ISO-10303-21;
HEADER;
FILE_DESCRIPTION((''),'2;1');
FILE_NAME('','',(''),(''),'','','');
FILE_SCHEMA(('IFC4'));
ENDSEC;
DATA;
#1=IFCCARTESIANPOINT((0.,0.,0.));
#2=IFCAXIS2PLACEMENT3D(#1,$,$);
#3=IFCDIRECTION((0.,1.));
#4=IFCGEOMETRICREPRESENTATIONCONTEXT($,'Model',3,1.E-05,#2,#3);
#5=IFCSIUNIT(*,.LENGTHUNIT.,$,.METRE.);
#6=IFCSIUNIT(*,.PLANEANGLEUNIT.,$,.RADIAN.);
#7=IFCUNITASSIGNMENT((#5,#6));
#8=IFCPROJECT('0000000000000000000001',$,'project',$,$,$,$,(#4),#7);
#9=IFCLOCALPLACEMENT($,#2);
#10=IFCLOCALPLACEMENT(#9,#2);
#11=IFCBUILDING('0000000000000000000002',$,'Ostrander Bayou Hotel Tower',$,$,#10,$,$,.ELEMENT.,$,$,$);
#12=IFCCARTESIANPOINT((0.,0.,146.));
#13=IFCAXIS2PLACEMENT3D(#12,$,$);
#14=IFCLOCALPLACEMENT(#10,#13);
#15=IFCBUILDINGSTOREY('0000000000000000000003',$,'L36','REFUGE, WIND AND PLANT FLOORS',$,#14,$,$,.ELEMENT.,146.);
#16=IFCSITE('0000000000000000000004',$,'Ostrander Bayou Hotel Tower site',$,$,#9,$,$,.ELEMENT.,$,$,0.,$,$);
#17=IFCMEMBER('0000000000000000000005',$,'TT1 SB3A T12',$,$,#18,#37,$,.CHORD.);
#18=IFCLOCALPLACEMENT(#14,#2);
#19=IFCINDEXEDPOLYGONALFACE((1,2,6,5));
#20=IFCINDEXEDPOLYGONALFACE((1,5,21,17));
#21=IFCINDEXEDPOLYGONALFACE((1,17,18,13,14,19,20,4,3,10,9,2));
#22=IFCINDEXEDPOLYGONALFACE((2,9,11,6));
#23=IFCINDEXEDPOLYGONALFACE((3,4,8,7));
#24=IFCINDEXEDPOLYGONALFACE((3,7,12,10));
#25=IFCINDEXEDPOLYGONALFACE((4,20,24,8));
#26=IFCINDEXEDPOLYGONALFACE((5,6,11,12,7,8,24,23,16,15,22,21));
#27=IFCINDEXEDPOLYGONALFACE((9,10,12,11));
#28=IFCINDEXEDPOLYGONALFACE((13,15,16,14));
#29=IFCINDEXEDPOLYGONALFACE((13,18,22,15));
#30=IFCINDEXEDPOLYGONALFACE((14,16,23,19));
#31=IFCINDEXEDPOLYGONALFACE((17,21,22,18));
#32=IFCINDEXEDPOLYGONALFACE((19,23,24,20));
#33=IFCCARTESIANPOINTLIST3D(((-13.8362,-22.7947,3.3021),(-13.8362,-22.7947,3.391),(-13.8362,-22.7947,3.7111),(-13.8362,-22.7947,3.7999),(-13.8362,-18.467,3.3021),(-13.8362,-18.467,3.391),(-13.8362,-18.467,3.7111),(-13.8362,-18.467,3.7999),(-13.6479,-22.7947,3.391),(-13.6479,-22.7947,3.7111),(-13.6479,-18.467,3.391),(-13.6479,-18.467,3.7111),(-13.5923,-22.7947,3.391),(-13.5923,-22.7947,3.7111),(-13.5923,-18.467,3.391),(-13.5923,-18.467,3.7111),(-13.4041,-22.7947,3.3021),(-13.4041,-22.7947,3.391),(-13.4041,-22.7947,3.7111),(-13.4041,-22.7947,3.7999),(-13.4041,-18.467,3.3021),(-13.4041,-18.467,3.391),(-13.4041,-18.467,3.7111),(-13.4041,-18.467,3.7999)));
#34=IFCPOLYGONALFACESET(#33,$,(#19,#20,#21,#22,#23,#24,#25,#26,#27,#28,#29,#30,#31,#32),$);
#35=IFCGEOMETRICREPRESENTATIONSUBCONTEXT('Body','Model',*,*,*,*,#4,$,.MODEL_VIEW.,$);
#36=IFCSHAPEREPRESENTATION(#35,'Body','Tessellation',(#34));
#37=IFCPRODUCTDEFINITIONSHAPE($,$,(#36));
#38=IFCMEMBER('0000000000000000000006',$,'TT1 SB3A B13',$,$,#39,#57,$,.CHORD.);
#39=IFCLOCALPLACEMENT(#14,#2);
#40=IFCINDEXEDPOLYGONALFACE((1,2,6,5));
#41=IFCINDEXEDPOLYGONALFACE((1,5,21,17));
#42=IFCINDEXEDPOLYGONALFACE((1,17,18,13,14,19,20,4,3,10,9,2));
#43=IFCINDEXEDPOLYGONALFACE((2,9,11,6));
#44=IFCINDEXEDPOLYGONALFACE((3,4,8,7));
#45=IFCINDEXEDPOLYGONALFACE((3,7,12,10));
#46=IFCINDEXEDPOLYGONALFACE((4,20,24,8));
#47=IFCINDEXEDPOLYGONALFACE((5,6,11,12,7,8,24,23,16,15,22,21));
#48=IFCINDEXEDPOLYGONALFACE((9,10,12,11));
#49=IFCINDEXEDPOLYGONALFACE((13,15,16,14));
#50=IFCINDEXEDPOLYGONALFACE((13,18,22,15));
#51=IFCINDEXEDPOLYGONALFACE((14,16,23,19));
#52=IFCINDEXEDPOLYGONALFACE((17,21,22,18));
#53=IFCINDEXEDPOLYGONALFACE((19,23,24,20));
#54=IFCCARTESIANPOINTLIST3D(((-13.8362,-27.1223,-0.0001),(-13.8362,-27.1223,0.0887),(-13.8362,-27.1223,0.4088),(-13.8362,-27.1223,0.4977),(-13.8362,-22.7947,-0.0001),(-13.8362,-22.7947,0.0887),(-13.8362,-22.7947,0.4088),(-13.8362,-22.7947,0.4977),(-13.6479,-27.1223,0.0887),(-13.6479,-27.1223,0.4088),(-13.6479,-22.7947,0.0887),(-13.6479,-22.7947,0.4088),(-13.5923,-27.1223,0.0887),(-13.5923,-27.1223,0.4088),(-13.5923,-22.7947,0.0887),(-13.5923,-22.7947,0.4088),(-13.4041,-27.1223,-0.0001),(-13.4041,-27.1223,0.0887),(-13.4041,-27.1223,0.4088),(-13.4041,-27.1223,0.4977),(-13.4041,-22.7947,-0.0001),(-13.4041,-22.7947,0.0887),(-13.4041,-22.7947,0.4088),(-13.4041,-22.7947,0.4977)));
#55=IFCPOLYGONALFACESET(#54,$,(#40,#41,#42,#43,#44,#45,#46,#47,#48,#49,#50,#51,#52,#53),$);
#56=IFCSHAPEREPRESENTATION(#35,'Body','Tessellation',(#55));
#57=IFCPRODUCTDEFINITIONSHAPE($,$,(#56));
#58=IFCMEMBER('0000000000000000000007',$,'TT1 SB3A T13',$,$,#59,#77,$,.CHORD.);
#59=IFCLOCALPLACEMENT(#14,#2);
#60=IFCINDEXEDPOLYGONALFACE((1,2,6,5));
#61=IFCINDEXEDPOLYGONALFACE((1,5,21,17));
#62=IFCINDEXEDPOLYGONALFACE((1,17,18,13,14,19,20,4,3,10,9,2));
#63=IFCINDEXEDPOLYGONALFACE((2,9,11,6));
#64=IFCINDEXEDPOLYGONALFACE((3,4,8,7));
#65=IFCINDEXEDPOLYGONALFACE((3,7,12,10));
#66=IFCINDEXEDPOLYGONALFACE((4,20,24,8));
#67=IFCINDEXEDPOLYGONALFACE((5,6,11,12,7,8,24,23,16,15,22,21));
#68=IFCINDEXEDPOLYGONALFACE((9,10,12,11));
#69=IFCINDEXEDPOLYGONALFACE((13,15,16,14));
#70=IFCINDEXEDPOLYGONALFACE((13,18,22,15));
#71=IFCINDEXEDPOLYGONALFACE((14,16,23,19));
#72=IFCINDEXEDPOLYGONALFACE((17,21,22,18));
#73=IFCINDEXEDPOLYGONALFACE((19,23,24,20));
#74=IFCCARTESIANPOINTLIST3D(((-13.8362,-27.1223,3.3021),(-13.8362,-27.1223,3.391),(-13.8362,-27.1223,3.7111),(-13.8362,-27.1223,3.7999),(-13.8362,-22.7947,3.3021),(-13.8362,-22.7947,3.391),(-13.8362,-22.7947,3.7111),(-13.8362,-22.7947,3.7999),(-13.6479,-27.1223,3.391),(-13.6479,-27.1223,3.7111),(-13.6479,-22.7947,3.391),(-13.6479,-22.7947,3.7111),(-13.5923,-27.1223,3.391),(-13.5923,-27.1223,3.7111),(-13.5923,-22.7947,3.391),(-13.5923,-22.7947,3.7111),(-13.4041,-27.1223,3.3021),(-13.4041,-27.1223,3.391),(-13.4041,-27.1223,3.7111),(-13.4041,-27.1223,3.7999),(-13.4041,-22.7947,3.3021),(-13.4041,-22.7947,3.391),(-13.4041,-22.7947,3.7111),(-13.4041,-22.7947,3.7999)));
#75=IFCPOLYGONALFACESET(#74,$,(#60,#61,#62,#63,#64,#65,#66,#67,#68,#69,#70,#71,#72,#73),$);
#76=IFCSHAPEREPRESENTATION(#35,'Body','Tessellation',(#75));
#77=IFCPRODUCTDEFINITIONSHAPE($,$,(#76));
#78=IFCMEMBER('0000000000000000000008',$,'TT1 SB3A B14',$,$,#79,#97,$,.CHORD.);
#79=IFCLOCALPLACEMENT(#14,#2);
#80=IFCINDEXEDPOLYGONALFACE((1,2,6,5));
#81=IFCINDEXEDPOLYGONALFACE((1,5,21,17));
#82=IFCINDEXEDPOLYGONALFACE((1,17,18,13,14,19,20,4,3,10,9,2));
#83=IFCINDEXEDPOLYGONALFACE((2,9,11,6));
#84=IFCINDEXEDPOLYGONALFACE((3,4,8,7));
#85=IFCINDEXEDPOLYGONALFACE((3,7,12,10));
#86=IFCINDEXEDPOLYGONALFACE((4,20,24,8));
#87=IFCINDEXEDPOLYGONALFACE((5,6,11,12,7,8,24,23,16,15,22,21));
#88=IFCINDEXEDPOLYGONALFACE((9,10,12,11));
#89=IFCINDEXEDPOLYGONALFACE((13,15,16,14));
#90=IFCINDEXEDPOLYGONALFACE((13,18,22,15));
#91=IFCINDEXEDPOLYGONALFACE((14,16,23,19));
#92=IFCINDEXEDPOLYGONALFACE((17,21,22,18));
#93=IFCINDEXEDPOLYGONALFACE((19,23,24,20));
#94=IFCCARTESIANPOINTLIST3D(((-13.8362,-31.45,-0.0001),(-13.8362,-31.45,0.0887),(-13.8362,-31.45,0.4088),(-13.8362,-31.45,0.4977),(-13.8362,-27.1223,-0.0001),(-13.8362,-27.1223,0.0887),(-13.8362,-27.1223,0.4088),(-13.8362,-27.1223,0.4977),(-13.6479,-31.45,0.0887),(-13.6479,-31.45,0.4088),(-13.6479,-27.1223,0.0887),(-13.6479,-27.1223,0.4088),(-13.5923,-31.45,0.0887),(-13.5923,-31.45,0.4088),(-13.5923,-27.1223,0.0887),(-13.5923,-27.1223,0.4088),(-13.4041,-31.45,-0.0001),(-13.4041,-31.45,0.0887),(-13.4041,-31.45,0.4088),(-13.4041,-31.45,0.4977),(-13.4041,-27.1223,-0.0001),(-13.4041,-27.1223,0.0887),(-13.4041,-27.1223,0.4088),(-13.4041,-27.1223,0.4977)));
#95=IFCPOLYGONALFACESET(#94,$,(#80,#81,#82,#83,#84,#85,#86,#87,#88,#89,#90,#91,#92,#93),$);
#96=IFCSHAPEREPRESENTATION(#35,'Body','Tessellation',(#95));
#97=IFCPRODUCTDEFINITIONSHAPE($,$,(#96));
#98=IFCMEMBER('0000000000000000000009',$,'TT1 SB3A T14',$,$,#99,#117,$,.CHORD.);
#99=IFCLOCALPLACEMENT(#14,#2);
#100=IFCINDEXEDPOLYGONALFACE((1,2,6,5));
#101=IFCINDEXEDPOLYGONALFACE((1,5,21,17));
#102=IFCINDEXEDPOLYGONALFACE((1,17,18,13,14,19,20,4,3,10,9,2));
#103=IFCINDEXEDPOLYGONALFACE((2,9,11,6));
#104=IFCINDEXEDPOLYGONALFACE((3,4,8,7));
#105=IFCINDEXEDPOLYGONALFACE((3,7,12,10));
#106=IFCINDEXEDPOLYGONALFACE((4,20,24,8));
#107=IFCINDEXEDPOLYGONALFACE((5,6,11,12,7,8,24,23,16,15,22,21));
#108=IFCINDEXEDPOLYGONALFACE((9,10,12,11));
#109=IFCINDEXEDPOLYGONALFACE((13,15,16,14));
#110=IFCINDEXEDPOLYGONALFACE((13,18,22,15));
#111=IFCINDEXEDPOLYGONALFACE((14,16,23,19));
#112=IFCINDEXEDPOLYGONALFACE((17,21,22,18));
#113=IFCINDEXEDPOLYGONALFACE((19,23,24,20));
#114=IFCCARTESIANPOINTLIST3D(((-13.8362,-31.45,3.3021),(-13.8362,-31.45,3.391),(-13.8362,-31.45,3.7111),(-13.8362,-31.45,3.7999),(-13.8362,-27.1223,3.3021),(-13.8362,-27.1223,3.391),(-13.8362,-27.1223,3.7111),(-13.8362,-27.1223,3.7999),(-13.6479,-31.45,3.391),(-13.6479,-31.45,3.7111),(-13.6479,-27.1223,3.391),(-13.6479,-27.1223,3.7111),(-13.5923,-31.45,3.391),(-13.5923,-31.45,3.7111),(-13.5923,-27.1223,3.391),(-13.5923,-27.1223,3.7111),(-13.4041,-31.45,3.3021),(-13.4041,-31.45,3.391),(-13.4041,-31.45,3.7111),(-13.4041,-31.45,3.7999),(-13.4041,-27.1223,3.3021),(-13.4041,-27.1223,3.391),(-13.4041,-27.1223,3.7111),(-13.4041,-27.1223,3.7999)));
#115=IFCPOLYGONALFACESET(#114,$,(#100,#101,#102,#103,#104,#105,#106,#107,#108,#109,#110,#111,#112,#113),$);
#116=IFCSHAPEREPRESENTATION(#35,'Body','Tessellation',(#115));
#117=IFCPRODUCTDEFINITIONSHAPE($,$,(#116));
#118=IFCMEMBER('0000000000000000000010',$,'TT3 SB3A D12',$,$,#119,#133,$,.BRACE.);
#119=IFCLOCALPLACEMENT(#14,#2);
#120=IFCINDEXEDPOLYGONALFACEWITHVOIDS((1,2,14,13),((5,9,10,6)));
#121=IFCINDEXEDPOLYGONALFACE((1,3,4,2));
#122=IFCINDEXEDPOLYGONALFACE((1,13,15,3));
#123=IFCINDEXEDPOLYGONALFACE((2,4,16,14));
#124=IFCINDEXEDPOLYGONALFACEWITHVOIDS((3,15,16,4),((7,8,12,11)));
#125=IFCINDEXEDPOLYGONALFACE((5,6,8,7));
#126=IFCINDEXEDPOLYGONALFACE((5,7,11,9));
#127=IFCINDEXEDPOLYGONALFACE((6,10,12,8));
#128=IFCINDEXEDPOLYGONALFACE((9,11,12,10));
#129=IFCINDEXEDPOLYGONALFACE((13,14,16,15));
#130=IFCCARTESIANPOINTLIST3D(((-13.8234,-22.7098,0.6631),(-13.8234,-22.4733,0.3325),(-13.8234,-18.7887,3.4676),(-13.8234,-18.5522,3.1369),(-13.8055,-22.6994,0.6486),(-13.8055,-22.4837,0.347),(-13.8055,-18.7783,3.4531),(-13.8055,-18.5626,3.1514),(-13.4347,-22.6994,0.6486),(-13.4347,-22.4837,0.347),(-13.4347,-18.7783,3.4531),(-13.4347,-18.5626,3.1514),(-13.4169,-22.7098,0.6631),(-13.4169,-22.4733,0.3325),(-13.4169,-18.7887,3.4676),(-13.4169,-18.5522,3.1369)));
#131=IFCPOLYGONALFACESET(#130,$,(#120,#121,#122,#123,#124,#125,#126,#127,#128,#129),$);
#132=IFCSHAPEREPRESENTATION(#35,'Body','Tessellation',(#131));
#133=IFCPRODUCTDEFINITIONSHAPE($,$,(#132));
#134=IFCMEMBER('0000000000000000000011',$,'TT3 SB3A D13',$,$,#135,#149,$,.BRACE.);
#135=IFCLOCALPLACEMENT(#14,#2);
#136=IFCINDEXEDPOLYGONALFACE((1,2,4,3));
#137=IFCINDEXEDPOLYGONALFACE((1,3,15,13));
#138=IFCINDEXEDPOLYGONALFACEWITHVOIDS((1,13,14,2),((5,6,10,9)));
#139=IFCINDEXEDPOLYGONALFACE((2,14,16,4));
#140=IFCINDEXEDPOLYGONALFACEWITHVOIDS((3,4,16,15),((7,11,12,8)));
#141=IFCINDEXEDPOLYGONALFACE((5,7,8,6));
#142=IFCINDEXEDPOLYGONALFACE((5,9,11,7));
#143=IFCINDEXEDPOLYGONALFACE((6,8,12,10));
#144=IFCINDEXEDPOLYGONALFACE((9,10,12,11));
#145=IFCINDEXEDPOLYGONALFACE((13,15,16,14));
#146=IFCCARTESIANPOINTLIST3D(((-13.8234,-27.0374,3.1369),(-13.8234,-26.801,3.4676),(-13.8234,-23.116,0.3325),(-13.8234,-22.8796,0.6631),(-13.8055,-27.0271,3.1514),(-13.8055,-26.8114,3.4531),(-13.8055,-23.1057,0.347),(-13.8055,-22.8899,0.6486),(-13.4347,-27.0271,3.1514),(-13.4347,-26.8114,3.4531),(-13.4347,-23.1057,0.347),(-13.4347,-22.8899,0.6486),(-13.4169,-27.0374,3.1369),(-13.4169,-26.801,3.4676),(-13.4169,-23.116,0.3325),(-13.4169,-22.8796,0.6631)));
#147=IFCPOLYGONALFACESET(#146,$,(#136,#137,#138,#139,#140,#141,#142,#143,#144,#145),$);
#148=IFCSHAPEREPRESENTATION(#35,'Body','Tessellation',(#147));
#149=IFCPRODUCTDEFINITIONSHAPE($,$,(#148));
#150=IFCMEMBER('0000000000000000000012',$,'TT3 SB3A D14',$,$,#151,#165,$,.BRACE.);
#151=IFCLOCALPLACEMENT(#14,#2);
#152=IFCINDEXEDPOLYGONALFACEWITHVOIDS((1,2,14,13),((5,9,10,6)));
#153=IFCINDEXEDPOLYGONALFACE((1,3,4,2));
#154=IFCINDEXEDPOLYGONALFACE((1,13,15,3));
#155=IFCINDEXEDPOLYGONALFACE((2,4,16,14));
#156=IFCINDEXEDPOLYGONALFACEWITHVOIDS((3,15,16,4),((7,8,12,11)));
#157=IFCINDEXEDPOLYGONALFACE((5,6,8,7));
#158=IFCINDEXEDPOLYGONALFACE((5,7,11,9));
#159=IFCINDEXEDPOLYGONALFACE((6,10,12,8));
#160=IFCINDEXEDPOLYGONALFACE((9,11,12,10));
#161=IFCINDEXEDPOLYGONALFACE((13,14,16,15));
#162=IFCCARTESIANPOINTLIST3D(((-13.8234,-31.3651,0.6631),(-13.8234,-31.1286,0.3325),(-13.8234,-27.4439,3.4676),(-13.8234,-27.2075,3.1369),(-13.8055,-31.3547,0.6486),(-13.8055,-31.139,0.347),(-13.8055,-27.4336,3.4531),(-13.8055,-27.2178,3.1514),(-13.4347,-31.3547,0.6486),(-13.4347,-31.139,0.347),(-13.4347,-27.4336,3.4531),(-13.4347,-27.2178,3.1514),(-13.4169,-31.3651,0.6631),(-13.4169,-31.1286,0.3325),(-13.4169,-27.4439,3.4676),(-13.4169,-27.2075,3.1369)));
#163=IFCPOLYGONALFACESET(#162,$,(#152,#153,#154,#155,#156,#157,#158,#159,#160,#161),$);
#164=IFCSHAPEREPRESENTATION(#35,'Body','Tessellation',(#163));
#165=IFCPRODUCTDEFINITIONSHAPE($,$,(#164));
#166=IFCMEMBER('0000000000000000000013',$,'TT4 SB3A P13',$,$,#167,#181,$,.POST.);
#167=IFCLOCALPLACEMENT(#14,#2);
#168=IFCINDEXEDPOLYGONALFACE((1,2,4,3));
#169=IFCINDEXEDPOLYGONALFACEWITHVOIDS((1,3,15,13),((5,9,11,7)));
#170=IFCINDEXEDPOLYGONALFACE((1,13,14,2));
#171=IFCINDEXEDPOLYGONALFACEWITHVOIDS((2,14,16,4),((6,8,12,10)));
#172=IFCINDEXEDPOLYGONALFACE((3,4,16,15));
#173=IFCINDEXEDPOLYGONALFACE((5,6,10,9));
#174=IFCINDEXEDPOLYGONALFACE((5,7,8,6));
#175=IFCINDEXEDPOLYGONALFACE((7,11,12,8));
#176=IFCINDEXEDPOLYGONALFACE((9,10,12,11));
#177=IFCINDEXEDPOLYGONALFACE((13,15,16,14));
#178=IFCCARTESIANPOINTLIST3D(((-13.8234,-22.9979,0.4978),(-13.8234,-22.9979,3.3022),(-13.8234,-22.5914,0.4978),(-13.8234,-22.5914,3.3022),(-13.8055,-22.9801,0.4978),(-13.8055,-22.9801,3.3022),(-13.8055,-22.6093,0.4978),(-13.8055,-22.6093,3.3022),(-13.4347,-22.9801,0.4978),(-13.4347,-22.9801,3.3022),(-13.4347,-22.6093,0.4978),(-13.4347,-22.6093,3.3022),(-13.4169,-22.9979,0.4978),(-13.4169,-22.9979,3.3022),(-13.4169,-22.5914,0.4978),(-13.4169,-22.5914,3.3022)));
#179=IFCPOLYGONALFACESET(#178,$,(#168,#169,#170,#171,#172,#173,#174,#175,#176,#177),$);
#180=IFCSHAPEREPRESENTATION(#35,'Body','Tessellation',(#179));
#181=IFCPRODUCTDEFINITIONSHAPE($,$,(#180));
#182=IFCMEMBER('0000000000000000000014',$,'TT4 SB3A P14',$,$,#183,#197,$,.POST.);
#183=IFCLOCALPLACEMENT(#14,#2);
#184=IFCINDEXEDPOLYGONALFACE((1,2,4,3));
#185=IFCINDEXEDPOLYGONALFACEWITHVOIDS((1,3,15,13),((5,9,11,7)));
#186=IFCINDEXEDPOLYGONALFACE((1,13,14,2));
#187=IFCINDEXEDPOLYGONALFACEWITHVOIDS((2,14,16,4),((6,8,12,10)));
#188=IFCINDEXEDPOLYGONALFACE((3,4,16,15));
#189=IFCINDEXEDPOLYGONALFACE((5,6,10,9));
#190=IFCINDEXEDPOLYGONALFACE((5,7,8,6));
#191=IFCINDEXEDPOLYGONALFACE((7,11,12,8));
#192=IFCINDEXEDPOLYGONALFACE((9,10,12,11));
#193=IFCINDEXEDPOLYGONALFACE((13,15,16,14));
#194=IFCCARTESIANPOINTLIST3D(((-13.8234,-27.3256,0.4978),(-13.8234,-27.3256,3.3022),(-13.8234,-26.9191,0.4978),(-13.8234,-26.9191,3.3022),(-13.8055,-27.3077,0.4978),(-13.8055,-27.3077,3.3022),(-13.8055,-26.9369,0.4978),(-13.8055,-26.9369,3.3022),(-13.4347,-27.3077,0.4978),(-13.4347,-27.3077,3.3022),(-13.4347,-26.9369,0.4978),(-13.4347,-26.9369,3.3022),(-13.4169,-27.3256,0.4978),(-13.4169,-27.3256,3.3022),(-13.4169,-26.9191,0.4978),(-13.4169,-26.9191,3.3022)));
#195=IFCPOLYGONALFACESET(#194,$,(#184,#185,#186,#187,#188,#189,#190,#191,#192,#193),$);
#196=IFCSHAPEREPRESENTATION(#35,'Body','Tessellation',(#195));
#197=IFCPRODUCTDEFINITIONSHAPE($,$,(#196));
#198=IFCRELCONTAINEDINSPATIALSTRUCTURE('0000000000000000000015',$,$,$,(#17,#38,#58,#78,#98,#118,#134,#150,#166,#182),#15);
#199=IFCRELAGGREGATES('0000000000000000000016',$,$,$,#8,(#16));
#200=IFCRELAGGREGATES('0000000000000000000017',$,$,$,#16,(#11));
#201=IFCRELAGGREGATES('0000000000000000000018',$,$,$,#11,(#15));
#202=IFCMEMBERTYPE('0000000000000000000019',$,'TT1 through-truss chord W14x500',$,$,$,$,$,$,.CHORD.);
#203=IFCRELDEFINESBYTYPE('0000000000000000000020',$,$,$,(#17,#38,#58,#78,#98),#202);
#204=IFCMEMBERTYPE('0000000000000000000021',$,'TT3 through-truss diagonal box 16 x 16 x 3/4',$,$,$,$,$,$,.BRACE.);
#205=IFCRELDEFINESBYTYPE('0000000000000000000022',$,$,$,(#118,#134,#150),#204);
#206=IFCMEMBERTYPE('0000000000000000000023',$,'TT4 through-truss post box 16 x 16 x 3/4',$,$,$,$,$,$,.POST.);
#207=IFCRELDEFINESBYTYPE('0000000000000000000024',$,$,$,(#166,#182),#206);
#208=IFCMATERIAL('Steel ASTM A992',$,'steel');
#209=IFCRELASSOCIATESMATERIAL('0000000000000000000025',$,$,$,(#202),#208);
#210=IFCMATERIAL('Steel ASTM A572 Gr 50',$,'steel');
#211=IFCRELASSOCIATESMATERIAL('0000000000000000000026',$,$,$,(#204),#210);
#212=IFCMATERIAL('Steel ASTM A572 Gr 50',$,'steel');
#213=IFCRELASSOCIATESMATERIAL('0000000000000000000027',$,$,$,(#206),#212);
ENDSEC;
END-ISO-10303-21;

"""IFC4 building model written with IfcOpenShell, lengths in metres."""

from ifc_helpers import new_model, si_unit, direction, frame, origin, origin_2d, place, context, subcontext, project, spatial, hollow_rectangle, i_section, extrude, material, material_profile, profile_set, type_object, element, save


model = new_model("IFC4")

# Units and contexts
model_context = context("Model", 3, precision=1e-05, world=origin(), true_north=direction((0.0, 1.0)))
body_context = subcontext(model_context, "Body", "Model", "MODEL_VIEW")
ifc_project = project(units=[si_unit("LENGTHUNIT", "METRE"), si_unit("PLANEANGLEUNIT", "RADIAN")], contexts=[model_context])

# Site, building, storey
site_placement = place(None, origin())
site = spatial("IfcSite", under=ifc_project, at=site_placement, Name="Ostrander Bayou Hotel Tower site", CompositionType="ELEMENT", RefElevation=0.0)
building_placement = place(site_placement, origin())
building = spatial("IfcBuilding", under=site, at=building_placement, Name="Ostrander Bayou Hotel Tower", CompositionType="ELEMENT")
storey_placement = place(building_placement, frame((0.0, 0.0, 146.0)))
storey = spatial("IfcBuildingStorey", under=building, at=storey_placement, Name="L36", Description="REFUGE, WIND AND PLANT FLOORS", CompositionType="ELEMENT", Elevation=146.0)

# Members
ifc_material_1 = material(Name="Steel ASTM A992", Category="steel")
ifc_material_profile_1 = material_profile(ifc_material_1, i_section(OverallWidth=0.4321, OverallDepth=0.4978, WebThickness=0.0557, FlangeThickness=0.0889, at=origin_2d()))
ifc_profile_set_1 = profile_set([ifc_material_profile_1], Name="Steel ASTM A992")
member_type_1 = type_object("IfcMemberType", Name="TT1 through-truss chord W14x500", PredefinedType="CHORD", material=ifc_profile_set_1)
for number, where, z_axis, x_axis, name in (
    (1, (-13.6201, -18.467, 3.551), (0.0, -1.0, 0.0), (1.0, 0.0, 0.0), "TT1 SB3A T12"),
    (2, (-13.6201, -22.7947, 0.2488), (0.0, -1.0, 0.0), (1.0, 0.0, 0.0), "TT1 SB3A B13"),
    (3, (-13.6201, -22.7947, 3.551), (0.0, -1.0, 0.0), (1.0, 0.0, 0.0), "TT1 SB3A T13"),
    (4, (-13.6201, -27.1223, 0.2488), (0.0, -1.0, 0.0), (1.0, 0.0, 0.0), "TT1 SB3A B14"),
    (5, (-13.6201, -27.1223, 3.551), (0.0, -1.0, 0.0), (1.0, 0.0, 0.0), "TT1 SB3A T14"),
):
    element("IfcMember", number, at=place(storey_placement, frame(where, z_axis=z_axis, x_axis=x_axis)), inside=storey, type_object=member_type_1, Name=name, PredefinedType="CHORD", context=body_context, shape_type="SweptSolid", body=[
        extrude(i_section(OverallWidth=0.4321, OverallDepth=0.4978, WebThickness=0.0557, FlangeThickness=0.0889, at=origin_2d()), origin(), (0.0, 0.0, 1.0), 4.3276),
    ])
ifc_material_2 = material(Name="Steel ASTM A572 Gr 50", Category="steel")
ifc_material_profile_2 = material_profile(ifc_material_2, hollow_rectangle(XDim=0.4065, YDim=0.4065, WallThickness=0.0178, at=origin_2d()))
ifc_profile_set_2 = profile_set([ifc_material_profile_2], Name="Steel ASTM A572 Gr 50")
member_type_2 = type_object("IfcMemberType", Name="TT3 through-truss diagonal box 16 x 16 x 3/4", PredefinedType="BRACE", material=ifc_profile_set_2)
member_1_placement = place(storey_placement, frame((-13.6201, -22.5916, 0.4978), z_axis=(0.0, 0.813377, 0.581736), x_axis=(-1.0, 0.0, 0.0)))
element("IfcMember", 6, at=member_1_placement, inside=storey, type_object=member_type_2, Name="TT3 SB3A D12", PredefinedType="BRACE", context=body_context, shape_type="SweptSolid", body=[
    extrude(hollow_rectangle(XDim=0.4065, YDim=0.4065, WallThickness=0.0178, at=origin_2d()), origin(), (0.0, 0.0, 1.0), 4.8208),
])
member_2_placement = place(storey_placement, frame((-13.6201, -22.9978, 0.4978), z_axis=(0.0, -0.813395, 0.581712), x_axis=(1.0, 0.0, 0.0)))
element("IfcMember", 7, at=member_2_placement, inside=storey, type_object=member_type_2, Name="TT3 SB3A D13", PredefinedType="BRACE", context=body_context, shape_type="SweptSolid", body=[
    extrude(hollow_rectangle(XDim=0.4065, YDim=0.4065, WallThickness=0.0178, at=origin_2d()), origin(), (0.0, 0.0, 1.0), 4.821),
])
member_3_placement = place(storey_placement, frame((-13.6201, -31.2468, 0.4978), z_axis=(0.0, 0.813377, 0.581736), x_axis=(-1.0, 0.0, 0.0)))
element("IfcMember", 8, at=member_3_placement, inside=storey, type_object=member_type_2, Name="TT3 SB3A D14", PredefinedType="BRACE", context=body_context, shape_type="SweptSolid", body=[
    extrude(hollow_rectangle(XDim=0.4065, YDim=0.4065, WallThickness=0.0178, at=origin_2d()), origin(), (0.0, 0.0, 1.0), 4.8208),
])
ifc_material_3 = material(Name="Steel ASTM A572 Gr 50", Category="steel")
ifc_material_profile_3 = material_profile(ifc_material_3, hollow_rectangle(XDim=0.4065, YDim=0.4065, WallThickness=0.0178, at=origin_2d()))
ifc_profile_set_3 = profile_set([ifc_material_profile_3], Name="Steel ASTM A572 Gr 50")
member_type_3 = type_object("IfcMemberType", Name="TT4 through-truss post box 16 x 16 x 3/4", PredefinedType="POST", material=ifc_profile_set_3)
for number, where, z_axis, x_axis, name in (
    (9, (-13.6201, -22.7947, 0.4978), (0.0, 0.0, 1.0), (1.0, 0.0, 0.0), "TT4 SB3A P13"),
    (10, (-13.6201, -27.1223, 0.4978), (0.0, 0.0, 1.0), (1.0, 0.0, 0.0), "TT4 SB3A P14"),
):
    element("IfcMember", number, at=place(storey_placement, frame(where, z_axis=z_axis, x_axis=x_axis)), inside=storey, type_object=member_type_3, Name=name, PredefinedType="POST", context=body_context, shape_type="SweptSolid", body=[
        extrude(hollow_rectangle(XDim=0.4065, YDim=0.4065, WallThickness=0.0178, at=origin_2d()), origin(), (0.0, 0.0, 1.0), 2.8044),
    ])

save(model, "model.ifc")
